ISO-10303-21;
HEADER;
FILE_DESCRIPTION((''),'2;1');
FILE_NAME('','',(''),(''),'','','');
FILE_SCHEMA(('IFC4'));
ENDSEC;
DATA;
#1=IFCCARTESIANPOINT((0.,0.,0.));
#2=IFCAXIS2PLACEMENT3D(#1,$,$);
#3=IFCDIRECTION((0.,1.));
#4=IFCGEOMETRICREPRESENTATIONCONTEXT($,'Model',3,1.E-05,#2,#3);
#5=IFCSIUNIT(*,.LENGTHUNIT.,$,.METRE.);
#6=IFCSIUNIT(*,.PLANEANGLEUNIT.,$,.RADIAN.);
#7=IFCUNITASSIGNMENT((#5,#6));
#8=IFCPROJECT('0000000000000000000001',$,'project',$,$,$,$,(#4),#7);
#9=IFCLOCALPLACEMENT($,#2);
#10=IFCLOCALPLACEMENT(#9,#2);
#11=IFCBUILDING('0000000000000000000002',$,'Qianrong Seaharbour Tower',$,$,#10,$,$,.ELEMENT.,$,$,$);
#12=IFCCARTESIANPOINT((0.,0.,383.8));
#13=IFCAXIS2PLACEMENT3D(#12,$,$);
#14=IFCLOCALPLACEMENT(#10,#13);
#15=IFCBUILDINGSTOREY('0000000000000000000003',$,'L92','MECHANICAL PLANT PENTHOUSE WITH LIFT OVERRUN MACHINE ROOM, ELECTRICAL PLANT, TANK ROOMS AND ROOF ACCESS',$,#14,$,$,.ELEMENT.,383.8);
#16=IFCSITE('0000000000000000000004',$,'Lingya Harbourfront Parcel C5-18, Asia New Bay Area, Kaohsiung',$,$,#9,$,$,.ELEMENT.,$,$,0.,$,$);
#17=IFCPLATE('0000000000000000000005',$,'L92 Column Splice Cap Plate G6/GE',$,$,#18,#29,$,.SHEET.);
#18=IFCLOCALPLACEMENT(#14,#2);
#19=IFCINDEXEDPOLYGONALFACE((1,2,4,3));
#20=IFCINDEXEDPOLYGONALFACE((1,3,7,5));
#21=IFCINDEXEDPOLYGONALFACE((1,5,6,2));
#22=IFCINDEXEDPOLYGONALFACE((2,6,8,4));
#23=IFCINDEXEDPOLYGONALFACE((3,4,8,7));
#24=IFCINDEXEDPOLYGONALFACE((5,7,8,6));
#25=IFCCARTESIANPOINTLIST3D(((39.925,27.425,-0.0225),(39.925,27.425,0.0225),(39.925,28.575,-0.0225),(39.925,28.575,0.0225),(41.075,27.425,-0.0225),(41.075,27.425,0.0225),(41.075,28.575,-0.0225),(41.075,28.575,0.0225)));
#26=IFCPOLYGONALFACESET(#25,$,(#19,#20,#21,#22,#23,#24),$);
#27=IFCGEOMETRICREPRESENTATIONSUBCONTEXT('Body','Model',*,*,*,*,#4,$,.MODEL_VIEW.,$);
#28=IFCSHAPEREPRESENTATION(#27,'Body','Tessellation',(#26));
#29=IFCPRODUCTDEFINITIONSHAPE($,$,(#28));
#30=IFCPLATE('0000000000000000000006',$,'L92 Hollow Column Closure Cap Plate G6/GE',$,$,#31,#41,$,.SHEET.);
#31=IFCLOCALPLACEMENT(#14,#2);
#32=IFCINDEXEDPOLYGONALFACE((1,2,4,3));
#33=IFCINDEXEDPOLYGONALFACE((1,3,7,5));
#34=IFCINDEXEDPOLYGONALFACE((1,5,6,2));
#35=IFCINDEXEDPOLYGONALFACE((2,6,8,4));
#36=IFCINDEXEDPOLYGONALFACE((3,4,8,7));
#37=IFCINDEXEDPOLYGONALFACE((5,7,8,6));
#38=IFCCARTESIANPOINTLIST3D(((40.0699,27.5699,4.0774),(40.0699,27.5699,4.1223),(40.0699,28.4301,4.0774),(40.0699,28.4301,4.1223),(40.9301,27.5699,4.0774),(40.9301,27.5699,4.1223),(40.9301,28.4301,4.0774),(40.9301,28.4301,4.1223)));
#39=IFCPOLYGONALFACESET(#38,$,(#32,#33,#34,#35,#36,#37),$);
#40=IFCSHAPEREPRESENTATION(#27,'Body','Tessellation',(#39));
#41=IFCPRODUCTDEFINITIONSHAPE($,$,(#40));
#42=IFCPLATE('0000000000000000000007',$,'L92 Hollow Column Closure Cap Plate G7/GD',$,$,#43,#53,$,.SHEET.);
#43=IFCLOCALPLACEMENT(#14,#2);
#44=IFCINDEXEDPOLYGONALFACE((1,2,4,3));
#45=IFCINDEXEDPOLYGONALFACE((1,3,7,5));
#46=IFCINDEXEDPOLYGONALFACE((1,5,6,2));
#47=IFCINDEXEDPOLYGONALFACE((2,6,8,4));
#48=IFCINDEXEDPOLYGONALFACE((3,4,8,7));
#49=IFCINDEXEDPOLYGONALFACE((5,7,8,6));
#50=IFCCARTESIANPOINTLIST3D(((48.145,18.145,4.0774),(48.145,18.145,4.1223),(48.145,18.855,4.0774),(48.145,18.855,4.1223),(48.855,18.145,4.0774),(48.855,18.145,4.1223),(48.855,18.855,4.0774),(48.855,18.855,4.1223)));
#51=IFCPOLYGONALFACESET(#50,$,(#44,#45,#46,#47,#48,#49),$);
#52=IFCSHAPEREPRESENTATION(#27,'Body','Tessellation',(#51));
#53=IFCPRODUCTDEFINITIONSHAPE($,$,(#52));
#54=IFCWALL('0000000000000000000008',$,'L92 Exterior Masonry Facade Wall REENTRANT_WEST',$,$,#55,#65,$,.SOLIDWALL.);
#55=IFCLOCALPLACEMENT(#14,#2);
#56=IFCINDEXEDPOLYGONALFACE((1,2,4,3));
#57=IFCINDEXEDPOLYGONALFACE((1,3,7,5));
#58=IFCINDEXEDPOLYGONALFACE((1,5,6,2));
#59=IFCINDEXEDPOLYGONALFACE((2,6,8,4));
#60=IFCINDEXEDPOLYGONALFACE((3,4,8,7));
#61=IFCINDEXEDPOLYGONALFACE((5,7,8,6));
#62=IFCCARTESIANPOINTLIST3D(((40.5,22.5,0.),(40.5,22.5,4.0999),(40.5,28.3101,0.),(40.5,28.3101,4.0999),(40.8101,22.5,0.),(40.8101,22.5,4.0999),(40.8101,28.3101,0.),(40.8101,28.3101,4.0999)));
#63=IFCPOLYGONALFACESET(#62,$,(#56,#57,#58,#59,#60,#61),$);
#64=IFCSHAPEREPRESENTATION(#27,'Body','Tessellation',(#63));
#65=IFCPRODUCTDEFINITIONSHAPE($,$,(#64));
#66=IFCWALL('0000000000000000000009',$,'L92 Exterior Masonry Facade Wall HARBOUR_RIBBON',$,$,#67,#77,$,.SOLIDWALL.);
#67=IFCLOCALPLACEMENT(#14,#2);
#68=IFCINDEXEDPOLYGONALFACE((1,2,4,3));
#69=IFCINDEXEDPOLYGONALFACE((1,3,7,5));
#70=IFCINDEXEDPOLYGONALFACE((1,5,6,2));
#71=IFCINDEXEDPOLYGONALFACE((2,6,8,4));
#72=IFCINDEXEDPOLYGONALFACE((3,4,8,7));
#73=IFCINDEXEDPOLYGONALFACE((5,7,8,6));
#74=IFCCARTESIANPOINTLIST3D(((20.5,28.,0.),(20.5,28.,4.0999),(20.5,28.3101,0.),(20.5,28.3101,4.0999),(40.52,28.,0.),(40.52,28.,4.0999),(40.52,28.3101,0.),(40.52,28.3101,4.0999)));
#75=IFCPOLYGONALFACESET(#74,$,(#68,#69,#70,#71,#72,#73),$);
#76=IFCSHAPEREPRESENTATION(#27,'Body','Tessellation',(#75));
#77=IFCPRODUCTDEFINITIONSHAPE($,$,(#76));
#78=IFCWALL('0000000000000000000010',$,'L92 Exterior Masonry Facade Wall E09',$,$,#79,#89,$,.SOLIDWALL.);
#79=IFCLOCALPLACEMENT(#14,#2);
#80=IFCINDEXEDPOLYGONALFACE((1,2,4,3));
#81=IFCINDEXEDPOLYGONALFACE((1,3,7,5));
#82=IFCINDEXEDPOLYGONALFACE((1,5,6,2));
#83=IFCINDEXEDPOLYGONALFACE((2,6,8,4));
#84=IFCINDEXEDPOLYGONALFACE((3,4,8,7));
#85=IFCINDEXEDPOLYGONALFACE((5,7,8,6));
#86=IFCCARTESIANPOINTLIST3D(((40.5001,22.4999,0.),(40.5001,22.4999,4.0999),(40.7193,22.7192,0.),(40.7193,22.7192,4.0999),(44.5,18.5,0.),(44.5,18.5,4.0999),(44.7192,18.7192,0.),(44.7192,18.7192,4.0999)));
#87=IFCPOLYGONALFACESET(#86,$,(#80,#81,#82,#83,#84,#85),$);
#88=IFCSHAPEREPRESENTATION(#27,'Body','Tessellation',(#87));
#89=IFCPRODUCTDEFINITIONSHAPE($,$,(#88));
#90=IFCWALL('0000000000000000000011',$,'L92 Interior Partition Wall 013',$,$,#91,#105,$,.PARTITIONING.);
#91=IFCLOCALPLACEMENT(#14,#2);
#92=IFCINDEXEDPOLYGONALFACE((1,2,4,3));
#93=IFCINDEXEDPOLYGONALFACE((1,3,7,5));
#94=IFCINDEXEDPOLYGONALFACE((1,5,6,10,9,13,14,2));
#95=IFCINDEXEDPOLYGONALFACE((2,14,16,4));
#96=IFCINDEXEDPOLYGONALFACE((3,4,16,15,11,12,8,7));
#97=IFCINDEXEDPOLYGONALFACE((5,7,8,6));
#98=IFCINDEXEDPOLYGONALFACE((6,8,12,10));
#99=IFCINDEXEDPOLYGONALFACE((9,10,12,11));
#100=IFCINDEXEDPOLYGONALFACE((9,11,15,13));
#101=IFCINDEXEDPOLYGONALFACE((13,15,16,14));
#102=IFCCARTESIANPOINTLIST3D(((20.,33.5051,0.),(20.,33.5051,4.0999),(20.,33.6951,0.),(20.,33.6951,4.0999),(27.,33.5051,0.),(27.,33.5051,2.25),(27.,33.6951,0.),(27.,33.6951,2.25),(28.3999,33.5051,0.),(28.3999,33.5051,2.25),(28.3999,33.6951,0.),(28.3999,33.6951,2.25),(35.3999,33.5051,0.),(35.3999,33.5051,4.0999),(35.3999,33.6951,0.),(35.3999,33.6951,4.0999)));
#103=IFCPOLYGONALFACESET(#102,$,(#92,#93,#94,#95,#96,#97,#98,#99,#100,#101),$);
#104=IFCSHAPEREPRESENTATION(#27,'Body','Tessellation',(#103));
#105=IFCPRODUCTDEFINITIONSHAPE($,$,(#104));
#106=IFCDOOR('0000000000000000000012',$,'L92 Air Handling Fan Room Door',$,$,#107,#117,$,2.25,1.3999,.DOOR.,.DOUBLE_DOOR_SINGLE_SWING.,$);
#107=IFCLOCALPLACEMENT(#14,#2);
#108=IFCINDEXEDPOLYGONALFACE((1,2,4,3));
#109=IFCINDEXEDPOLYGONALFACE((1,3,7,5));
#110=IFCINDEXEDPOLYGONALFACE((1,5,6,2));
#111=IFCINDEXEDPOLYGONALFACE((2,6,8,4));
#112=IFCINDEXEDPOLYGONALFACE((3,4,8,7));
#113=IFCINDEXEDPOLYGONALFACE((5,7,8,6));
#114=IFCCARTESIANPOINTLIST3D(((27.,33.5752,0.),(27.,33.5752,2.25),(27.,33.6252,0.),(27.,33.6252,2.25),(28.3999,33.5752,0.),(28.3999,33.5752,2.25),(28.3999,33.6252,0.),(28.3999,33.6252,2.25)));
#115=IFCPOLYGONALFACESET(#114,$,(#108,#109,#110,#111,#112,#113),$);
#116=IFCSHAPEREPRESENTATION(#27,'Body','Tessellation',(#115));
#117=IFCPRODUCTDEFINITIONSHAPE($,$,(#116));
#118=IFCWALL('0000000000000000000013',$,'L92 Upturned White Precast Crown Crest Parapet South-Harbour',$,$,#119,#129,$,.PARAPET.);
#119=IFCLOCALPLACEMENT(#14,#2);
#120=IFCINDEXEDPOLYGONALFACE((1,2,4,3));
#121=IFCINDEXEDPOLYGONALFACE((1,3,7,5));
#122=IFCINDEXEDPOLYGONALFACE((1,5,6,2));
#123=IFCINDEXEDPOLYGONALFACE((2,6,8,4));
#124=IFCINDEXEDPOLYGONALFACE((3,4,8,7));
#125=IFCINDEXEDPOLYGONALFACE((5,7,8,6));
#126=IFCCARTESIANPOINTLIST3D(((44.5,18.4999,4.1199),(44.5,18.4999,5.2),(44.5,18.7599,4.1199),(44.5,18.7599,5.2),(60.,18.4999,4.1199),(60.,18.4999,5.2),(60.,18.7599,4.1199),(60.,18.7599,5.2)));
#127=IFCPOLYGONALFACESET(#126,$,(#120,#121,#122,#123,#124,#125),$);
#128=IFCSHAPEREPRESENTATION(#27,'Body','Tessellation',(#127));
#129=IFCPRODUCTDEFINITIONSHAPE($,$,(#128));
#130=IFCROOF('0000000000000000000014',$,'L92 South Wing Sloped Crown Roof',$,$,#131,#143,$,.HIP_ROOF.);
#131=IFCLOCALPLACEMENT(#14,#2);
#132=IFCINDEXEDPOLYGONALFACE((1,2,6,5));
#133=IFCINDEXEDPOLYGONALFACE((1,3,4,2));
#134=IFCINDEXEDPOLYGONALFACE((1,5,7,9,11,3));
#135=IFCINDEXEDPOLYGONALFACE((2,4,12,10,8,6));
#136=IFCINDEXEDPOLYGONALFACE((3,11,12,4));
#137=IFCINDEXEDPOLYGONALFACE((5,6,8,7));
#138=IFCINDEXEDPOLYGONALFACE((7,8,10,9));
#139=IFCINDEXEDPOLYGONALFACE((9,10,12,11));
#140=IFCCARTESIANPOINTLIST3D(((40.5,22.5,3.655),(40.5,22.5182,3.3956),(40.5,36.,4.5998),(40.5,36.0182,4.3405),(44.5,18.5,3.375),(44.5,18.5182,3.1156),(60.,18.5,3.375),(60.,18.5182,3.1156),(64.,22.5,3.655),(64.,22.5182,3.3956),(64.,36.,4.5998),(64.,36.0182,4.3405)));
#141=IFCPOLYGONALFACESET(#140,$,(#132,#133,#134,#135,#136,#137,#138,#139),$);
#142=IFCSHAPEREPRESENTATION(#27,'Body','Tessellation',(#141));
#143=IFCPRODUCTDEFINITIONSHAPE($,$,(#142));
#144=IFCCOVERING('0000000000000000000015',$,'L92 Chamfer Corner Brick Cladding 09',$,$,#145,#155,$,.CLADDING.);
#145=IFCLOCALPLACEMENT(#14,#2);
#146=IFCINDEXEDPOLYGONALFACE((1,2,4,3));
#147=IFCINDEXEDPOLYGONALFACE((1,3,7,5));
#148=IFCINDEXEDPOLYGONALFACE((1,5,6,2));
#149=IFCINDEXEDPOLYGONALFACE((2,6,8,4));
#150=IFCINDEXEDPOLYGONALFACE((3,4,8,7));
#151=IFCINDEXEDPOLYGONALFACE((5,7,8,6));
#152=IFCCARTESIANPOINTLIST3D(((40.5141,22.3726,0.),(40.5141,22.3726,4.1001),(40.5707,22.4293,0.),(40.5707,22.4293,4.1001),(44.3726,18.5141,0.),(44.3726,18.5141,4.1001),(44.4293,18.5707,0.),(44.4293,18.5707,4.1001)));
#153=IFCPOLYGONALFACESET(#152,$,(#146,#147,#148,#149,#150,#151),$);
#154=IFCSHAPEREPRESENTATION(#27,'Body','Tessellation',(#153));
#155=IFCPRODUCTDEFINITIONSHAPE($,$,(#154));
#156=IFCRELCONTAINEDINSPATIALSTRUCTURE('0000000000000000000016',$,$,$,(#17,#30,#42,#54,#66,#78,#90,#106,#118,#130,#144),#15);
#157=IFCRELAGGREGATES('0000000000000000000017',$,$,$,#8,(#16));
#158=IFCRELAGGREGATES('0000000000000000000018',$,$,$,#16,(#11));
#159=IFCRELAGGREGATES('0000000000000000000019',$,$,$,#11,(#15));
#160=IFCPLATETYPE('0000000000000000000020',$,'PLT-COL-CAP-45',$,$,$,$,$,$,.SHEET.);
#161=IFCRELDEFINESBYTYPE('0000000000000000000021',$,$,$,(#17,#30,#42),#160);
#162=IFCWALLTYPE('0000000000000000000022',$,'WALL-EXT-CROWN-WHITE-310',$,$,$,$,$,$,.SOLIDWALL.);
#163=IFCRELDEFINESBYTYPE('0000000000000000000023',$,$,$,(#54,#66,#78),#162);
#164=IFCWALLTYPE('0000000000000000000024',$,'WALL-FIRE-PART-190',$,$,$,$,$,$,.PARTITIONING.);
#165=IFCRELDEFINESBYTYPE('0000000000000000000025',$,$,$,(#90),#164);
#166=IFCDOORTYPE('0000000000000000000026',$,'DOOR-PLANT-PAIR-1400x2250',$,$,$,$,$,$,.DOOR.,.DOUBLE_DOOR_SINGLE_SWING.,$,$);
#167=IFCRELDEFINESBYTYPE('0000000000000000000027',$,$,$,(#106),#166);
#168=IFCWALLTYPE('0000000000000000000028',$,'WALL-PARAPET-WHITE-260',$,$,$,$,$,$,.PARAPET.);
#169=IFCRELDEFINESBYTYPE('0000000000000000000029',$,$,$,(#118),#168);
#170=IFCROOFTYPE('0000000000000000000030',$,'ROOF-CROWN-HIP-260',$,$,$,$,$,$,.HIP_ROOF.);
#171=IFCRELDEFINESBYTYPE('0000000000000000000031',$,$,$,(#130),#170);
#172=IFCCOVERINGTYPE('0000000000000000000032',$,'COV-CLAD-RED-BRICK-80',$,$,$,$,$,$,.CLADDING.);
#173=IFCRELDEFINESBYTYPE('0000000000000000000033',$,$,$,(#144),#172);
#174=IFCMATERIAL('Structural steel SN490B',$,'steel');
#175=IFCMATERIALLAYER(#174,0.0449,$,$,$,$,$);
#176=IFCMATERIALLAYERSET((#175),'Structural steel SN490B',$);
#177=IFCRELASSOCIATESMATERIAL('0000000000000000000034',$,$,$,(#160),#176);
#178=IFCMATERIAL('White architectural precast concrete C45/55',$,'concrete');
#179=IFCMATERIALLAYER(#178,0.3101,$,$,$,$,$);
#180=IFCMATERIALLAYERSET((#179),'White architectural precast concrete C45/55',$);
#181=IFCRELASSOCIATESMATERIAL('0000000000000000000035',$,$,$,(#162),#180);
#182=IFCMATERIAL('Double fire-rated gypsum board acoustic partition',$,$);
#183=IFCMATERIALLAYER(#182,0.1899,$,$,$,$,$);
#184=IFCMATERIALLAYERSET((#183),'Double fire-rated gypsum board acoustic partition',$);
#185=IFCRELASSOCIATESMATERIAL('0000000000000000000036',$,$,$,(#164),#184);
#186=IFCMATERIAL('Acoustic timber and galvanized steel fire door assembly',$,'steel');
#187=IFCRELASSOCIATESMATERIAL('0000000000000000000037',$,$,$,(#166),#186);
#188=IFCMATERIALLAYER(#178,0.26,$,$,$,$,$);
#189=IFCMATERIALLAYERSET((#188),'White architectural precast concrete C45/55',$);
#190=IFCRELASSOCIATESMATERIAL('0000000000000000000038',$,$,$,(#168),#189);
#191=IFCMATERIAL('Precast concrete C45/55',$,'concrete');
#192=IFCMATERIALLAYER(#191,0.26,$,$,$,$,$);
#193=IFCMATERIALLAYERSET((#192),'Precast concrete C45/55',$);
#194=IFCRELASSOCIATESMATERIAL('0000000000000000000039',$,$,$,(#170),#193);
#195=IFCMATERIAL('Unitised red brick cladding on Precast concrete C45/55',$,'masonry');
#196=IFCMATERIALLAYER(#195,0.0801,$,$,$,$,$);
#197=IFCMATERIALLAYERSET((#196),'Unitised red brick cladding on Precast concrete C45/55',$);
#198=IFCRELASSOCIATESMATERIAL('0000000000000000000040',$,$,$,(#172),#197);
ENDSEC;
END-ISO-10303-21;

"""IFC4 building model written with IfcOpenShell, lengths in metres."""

from ifc_helpers import new_model, si_unit, direction, frame, frame_2d, origin, origin_2d, place, context, subcontext, project, spatial, polyline, rectangle, outline, extrude, material, layer, layer_set, type_object, element, fill, save


model = new_model("IFC4")

# Units and contexts
model_context = context("Model", 3, precision=1e-05, world=origin(), true_north=direction((0.0, 1.0)))
body_context = subcontext(model_context, "Body", "Model", "MODEL_VIEW")
ifc_project = project(units=[si_unit("LENGTHUNIT", "METRE"), si_unit("PLANEANGLEUNIT", "RADIAN")], contexts=[model_context])

# Site, building, storey
site_placement = place(None, origin())
site = spatial("IfcSite", under=ifc_project, at=site_placement, Name="Lingya Harbourfront Parcel C5-18, Asia New Bay Area, Kaohsiung", CompositionType="ELEMENT", RefElevation=0.0)
building_placement = place(site_placement, origin())
building = spatial("IfcBuilding", under=site, at=building_placement, Name="Qianrong Seaharbour Tower", CompositionType="ELEMENT")
storey_placement = place(building_placement, frame((0.0, 0.0, 383.8)))
storey = spatial("IfcBuildingStorey", under=building, at=storey_placement, Name="L92", Description="MECHANICAL PLANT PENTHOUSE WITH LIFT OVERRUN MACHINE ROOM, ELECTRICAL PLANT, TANK ROOMS AND ROOF ACCESS", CompositionType="ELEMENT", Elevation=383.8)

# Shared definitions
ifc_material_1 = material(Name="Structural steel SN490B", Category="steel")

# Plates
ifc_layer_1 = layer(ifc_material_1, 0.0449)
ifc_layer_set_1 = layer_set([ifc_layer_1], Name="Structural steel SN490B")
plate_type = type_object("IfcPlateType", Name="PLT-COL-CAP-45", PredefinedType="SHEET", material=ifc_layer_set_1)
plate_1_placement = place(storey_placement, frame((40.5, 28.0, -0.0225), z_axis=(0.0, 0.0, 1.0), x_axis=(1.0, 0.0, 0.0)))
element("IfcPlate", 1, at=plate_1_placement, inside=storey, type_object=plate_type, Name="L92 Column Splice Cap Plate G6/GE", PredefinedType="SHEET", context=body_context, shape_type="SweptSolid", body=[
    extrude(rectangle(XDim=1.1499, YDim=1.1499, at=origin_2d()), origin(), (0.0, 0.0, 1.0), 0.0449),
])
plate_2_placement = place(storey_placement, frame((40.5, 28.0, 4.0774), z_axis=(0.0, 0.0, 1.0), x_axis=(1.0, 0.0, 0.0)))
element("IfcPlate", 2, at=plate_2_placement, inside=storey, type_object=plate_type, Name="L92 Hollow Column Closure Cap Plate G6/GE", PredefinedType="SHEET", context=body_context, shape_type="SweptSolid", body=[
    extrude(rectangle(XDim=0.8601, YDim=0.8601, at=origin_2d()), origin(), (0.0, 0.0, 1.0), 0.0449),
])
plate_3_placement = place(storey_placement, frame((48.5, 18.5, 4.0774), z_axis=(0.0, 0.0, 1.0), x_axis=(1.0, 0.0, 0.0)))
element("IfcPlate", 3, at=plate_3_placement, inside=storey, type_object=plate_type, Name="L92 Hollow Column Closure Cap Plate G7/GD", PredefinedType="SHEET", context=body_context, shape_type="SweptSolid", body=[
    extrude(rectangle(XDim=0.71, YDim=0.71, at=origin_2d()), origin(), (0.0, 0.0, 1.0), 0.0449),
])

# Walls
ifc_material_2 = material(Name="White architectural precast concrete C45/55", Category="concrete")
ifc_layer_2 = layer(ifc_material_2, 0.3101)
ifc_layer_set_2 = layer_set([ifc_layer_2], Name="White architectural precast concrete C45/55")
wall_type_1 = type_object("IfcWallType", Name="WALL-EXT-CROWN-WHITE-310", PredefinedType="SOLIDWALL", material=ifc_layer_set_2)
wall_1_placement = place(storey_placement, frame((40.655, 22.5, 0.0), z_axis=(0.0, 0.0, 1.0), x_axis=(0.0, 1.0, 0.0)))
element("IfcWall", 4, at=wall_1_placement, inside=storey, type_object=wall_type_1, Name="L92 Exterior Masonry Facade Wall REENTRANT_WEST", PredefinedType="SOLIDWALL", context=body_context, shape_type="SweptSolid", body=[
    extrude(rectangle(XDim=5.8101, YDim=0.3101, at=frame_2d((2.905, 0.0))), origin(), (0.0, 0.0, 1.0), 4.0999),
])
wall_2_placement = place(storey_placement, frame((40.52, 28.155, 0.0), z_axis=(0.0, 0.0, 1.0), x_axis=(-1.0, 0.0, 0.0)))
element("IfcWall", 5, at=wall_2_placement, inside=storey, type_object=wall_type_1, Name="L92 Exterior Masonry Facade Wall HARBOUR_RIBBON", PredefinedType="SOLIDWALL", context=body_context, shape_type="SweptSolid", body=[
    extrude(rectangle(XDim=20.02, YDim=0.3101, at=frame_2d((10.01, 0.0))), origin(), (0.0, 0.0, 1.0), 4.0999),
])
wall_3_placement = place(storey_placement, frame((44.6096, 18.6096, 0.0), z_axis=(0.0, 0.0, 1.0), x_axis=(-0.707107, 0.707107, 0.0)))
element("IfcWall", 6, at=wall_3_placement, inside=storey, type_object=wall_type_1, Name="L92 Exterior Masonry Facade Wall E09", PredefinedType="SOLIDWALL", context=body_context, shape_type="SweptSolid", body=[
    extrude(rectangle(XDim=5.6567, YDim=0.3101, at=frame_2d((2.8284, 0.0))), origin(), (0.0, 0.0, 1.0), 4.0999),
])

# Wall, opening, door
ifc_material_3 = material(Name="Double fire-rated gypsum board acoustic partition")
ifc_layer_3 = layer(ifc_material_3, 0.1899)
ifc_layer_set_3 = layer_set([ifc_layer_3], Name="Double fire-rated gypsum board acoustic partition")
wall_type_2 = type_object("IfcWallType", Name="WALL-FIRE-PART-190", PredefinedType="PARTITIONING", material=ifc_layer_set_3)
wall_4_placement = place(storey_placement, frame((35.3999, 33.6001, 0.0), z_axis=(0.0, 0.0, 1.0), x_axis=(-1.0, 0.0, 0.0)))
wall_4 = element("IfcWall", 7, at=wall_4_placement, inside=storey, type_object=wall_type_2, Name="L92 Interior Partition Wall 013", PredefinedType="PARTITIONING", context=body_context, shape_type="SweptSolid", body=[
    extrude(rectangle(XDim=15.3999, YDim=0.1899, at=frame_2d((7.7, 0.0))), origin(), (0.0, 0.0, 1.0), 4.0999),
])
opening_placement = place(wall_4_placement, frame((7.0, 0.0, 0.0)))
opening = element("IfcOpeningElement", 8, at=opening_placement, cuts=wall_4, PredefinedType="OPENING", context=body_context, shape_type="SweptSolid", body=[
    extrude(rectangle(XDim=1.3999, YDim=2.25, at=frame_2d((0.7, 1.125))), frame((0.0, 0.105, 0.0), z_axis=(0.0, -1.0, 0.0), x_axis=(1.0, 0.0, 0.0)), (0.0, 0.0, 1.0), 0.21),
])
ifc_material_4 = material(Name="Acoustic timber and galvanized steel fire door assembly", Category="steel")
door_type = type_object("IfcDoorType", Name="DOOR-PLANT-PAIR-1400x2250", OperationType="DOUBLE_DOOR_SINGLE_SWING", PredefinedType="DOOR", material=ifc_material_4)
door_placement = place(opening_placement, origin())
door = element("IfcDoor", 9, at=door_placement, inside=storey, type_object=door_type, Name="L92 Air Handling Fan Room Door", OperationType="DOUBLE_DOOR_SINGLE_SWING", OverallHeight=2.25, OverallWidth=1.3999, PredefinedType="DOOR", context=body_context, shape_type="SweptSolid", body=[
    extrude(rectangle(XDim=1.3999, YDim=2.25, at=frame_2d((0.7, 1.125))), frame((0.0, 0.0249, 0.0), z_axis=(0.0, -1.0, 0.0), x_axis=(1.0, 0.0, 0.0)), (0.0, 0.0, 1.0), 0.05),
])
fill(opening, door)

# Wall
ifc_layer_4 = layer(ifc_material_2, 0.26)
ifc_layer_set_4 = layer_set([ifc_layer_4], Name="White architectural precast concrete C45/55")
wall_type_3 = type_object("IfcWallType", Name="WALL-PARAPET-WHITE-260", PredefinedType="PARAPET", material=ifc_layer_set_4)
wall_5_placement = place(storey_placement, frame((44.5, 18.6299, 4.1199), z_axis=(0.0, 0.0, 1.0), x_axis=(1.0, 0.0, 0.0)))
element("IfcWall", 10, at=wall_5_placement, inside=storey, type_object=wall_type_3, Name="L92 Upturned White Precast Crown Crest Parapet South-Harbour", PredefinedType="PARAPET", context=body_context, shape_type="SweptSolid", body=[
    extrude(rectangle(XDim=15.5, YDim=0.26, at=frame_2d((7.75, 0.0))), origin(), (0.0, 0.0, 1.0), 1.0801),
])

# Roof
ifc_material_5 = material(Name="Precast concrete C45/55", Category="concrete")
ifc_layer_5 = layer(ifc_material_5, 0.26)
ifc_layer_set_5 = layer_set([ifc_layer_5], Name="Precast concrete C45/55")
roof_type = type_object("IfcRoofType", Name="ROOF-CROWN-HIP-260", PredefinedType="HIP_ROOF", material=ifc_layer_set_5)
roof_placement = place(storey_placement, frame((44.5, 18.5, 3.375), z_axis=(0.0, -0.06982, 0.99756), x_axis=(1.0, 0.0, 0.0)))
element("IfcRoof", 11, at=roof_placement, inside=storey, type_object=roof_type, Name="L92 South Wing Sloped Crown Roof", PredefinedType="HIP_ROOF", context=body_context, shape_type="SweptSolid", body=[
    extrude(outline(polyline([(0.0, 0.0), (15.5, 0.0), (19.5, 4.0098), (19.5, 17.5428), (-4.0, 17.5428), (-4.0, 4.0098), (0.0, 0.0)])), origin(), (0.0, 0.0, -1.0), 0.26),
])

# Covering
ifc_material_6 = material(Name="Unitised red brick cladding on Precast concrete C45/55", Category="masonry")
ifc_layer_6 = layer(ifc_material_6, 0.0801)
ifc_layer_set_6 = layer_set([ifc_layer_6], Name="Unitised red brick cladding on Precast concrete C45/55")
covering_type = type_object("IfcCoveringType", Name="COV-CLAD-RED-BRICK-80", PredefinedType="CLADDING", material=ifc_layer_set_6)
covering_placement = place(storey_placement, frame((42.4717, 20.4717, 0.0), z_axis=(0.0, 0.0, 1.0), x_axis=(-0.707107, 0.707107, 0.0)))
element("IfcCovering", 12, at=covering_placement, inside=storey, type_object=covering_type, Name="L92 Chamfer Corner Brick Cladding 09", PredefinedType="CLADDING", context=body_context, shape_type="SweptSolid", body=[
    extrude(rectangle(XDim=5.4568, YDim=0.0801, at=origin_2d()), origin(), (0.0, 0.0, 1.0), 4.1001),
])

save(model, "model.ifc")
